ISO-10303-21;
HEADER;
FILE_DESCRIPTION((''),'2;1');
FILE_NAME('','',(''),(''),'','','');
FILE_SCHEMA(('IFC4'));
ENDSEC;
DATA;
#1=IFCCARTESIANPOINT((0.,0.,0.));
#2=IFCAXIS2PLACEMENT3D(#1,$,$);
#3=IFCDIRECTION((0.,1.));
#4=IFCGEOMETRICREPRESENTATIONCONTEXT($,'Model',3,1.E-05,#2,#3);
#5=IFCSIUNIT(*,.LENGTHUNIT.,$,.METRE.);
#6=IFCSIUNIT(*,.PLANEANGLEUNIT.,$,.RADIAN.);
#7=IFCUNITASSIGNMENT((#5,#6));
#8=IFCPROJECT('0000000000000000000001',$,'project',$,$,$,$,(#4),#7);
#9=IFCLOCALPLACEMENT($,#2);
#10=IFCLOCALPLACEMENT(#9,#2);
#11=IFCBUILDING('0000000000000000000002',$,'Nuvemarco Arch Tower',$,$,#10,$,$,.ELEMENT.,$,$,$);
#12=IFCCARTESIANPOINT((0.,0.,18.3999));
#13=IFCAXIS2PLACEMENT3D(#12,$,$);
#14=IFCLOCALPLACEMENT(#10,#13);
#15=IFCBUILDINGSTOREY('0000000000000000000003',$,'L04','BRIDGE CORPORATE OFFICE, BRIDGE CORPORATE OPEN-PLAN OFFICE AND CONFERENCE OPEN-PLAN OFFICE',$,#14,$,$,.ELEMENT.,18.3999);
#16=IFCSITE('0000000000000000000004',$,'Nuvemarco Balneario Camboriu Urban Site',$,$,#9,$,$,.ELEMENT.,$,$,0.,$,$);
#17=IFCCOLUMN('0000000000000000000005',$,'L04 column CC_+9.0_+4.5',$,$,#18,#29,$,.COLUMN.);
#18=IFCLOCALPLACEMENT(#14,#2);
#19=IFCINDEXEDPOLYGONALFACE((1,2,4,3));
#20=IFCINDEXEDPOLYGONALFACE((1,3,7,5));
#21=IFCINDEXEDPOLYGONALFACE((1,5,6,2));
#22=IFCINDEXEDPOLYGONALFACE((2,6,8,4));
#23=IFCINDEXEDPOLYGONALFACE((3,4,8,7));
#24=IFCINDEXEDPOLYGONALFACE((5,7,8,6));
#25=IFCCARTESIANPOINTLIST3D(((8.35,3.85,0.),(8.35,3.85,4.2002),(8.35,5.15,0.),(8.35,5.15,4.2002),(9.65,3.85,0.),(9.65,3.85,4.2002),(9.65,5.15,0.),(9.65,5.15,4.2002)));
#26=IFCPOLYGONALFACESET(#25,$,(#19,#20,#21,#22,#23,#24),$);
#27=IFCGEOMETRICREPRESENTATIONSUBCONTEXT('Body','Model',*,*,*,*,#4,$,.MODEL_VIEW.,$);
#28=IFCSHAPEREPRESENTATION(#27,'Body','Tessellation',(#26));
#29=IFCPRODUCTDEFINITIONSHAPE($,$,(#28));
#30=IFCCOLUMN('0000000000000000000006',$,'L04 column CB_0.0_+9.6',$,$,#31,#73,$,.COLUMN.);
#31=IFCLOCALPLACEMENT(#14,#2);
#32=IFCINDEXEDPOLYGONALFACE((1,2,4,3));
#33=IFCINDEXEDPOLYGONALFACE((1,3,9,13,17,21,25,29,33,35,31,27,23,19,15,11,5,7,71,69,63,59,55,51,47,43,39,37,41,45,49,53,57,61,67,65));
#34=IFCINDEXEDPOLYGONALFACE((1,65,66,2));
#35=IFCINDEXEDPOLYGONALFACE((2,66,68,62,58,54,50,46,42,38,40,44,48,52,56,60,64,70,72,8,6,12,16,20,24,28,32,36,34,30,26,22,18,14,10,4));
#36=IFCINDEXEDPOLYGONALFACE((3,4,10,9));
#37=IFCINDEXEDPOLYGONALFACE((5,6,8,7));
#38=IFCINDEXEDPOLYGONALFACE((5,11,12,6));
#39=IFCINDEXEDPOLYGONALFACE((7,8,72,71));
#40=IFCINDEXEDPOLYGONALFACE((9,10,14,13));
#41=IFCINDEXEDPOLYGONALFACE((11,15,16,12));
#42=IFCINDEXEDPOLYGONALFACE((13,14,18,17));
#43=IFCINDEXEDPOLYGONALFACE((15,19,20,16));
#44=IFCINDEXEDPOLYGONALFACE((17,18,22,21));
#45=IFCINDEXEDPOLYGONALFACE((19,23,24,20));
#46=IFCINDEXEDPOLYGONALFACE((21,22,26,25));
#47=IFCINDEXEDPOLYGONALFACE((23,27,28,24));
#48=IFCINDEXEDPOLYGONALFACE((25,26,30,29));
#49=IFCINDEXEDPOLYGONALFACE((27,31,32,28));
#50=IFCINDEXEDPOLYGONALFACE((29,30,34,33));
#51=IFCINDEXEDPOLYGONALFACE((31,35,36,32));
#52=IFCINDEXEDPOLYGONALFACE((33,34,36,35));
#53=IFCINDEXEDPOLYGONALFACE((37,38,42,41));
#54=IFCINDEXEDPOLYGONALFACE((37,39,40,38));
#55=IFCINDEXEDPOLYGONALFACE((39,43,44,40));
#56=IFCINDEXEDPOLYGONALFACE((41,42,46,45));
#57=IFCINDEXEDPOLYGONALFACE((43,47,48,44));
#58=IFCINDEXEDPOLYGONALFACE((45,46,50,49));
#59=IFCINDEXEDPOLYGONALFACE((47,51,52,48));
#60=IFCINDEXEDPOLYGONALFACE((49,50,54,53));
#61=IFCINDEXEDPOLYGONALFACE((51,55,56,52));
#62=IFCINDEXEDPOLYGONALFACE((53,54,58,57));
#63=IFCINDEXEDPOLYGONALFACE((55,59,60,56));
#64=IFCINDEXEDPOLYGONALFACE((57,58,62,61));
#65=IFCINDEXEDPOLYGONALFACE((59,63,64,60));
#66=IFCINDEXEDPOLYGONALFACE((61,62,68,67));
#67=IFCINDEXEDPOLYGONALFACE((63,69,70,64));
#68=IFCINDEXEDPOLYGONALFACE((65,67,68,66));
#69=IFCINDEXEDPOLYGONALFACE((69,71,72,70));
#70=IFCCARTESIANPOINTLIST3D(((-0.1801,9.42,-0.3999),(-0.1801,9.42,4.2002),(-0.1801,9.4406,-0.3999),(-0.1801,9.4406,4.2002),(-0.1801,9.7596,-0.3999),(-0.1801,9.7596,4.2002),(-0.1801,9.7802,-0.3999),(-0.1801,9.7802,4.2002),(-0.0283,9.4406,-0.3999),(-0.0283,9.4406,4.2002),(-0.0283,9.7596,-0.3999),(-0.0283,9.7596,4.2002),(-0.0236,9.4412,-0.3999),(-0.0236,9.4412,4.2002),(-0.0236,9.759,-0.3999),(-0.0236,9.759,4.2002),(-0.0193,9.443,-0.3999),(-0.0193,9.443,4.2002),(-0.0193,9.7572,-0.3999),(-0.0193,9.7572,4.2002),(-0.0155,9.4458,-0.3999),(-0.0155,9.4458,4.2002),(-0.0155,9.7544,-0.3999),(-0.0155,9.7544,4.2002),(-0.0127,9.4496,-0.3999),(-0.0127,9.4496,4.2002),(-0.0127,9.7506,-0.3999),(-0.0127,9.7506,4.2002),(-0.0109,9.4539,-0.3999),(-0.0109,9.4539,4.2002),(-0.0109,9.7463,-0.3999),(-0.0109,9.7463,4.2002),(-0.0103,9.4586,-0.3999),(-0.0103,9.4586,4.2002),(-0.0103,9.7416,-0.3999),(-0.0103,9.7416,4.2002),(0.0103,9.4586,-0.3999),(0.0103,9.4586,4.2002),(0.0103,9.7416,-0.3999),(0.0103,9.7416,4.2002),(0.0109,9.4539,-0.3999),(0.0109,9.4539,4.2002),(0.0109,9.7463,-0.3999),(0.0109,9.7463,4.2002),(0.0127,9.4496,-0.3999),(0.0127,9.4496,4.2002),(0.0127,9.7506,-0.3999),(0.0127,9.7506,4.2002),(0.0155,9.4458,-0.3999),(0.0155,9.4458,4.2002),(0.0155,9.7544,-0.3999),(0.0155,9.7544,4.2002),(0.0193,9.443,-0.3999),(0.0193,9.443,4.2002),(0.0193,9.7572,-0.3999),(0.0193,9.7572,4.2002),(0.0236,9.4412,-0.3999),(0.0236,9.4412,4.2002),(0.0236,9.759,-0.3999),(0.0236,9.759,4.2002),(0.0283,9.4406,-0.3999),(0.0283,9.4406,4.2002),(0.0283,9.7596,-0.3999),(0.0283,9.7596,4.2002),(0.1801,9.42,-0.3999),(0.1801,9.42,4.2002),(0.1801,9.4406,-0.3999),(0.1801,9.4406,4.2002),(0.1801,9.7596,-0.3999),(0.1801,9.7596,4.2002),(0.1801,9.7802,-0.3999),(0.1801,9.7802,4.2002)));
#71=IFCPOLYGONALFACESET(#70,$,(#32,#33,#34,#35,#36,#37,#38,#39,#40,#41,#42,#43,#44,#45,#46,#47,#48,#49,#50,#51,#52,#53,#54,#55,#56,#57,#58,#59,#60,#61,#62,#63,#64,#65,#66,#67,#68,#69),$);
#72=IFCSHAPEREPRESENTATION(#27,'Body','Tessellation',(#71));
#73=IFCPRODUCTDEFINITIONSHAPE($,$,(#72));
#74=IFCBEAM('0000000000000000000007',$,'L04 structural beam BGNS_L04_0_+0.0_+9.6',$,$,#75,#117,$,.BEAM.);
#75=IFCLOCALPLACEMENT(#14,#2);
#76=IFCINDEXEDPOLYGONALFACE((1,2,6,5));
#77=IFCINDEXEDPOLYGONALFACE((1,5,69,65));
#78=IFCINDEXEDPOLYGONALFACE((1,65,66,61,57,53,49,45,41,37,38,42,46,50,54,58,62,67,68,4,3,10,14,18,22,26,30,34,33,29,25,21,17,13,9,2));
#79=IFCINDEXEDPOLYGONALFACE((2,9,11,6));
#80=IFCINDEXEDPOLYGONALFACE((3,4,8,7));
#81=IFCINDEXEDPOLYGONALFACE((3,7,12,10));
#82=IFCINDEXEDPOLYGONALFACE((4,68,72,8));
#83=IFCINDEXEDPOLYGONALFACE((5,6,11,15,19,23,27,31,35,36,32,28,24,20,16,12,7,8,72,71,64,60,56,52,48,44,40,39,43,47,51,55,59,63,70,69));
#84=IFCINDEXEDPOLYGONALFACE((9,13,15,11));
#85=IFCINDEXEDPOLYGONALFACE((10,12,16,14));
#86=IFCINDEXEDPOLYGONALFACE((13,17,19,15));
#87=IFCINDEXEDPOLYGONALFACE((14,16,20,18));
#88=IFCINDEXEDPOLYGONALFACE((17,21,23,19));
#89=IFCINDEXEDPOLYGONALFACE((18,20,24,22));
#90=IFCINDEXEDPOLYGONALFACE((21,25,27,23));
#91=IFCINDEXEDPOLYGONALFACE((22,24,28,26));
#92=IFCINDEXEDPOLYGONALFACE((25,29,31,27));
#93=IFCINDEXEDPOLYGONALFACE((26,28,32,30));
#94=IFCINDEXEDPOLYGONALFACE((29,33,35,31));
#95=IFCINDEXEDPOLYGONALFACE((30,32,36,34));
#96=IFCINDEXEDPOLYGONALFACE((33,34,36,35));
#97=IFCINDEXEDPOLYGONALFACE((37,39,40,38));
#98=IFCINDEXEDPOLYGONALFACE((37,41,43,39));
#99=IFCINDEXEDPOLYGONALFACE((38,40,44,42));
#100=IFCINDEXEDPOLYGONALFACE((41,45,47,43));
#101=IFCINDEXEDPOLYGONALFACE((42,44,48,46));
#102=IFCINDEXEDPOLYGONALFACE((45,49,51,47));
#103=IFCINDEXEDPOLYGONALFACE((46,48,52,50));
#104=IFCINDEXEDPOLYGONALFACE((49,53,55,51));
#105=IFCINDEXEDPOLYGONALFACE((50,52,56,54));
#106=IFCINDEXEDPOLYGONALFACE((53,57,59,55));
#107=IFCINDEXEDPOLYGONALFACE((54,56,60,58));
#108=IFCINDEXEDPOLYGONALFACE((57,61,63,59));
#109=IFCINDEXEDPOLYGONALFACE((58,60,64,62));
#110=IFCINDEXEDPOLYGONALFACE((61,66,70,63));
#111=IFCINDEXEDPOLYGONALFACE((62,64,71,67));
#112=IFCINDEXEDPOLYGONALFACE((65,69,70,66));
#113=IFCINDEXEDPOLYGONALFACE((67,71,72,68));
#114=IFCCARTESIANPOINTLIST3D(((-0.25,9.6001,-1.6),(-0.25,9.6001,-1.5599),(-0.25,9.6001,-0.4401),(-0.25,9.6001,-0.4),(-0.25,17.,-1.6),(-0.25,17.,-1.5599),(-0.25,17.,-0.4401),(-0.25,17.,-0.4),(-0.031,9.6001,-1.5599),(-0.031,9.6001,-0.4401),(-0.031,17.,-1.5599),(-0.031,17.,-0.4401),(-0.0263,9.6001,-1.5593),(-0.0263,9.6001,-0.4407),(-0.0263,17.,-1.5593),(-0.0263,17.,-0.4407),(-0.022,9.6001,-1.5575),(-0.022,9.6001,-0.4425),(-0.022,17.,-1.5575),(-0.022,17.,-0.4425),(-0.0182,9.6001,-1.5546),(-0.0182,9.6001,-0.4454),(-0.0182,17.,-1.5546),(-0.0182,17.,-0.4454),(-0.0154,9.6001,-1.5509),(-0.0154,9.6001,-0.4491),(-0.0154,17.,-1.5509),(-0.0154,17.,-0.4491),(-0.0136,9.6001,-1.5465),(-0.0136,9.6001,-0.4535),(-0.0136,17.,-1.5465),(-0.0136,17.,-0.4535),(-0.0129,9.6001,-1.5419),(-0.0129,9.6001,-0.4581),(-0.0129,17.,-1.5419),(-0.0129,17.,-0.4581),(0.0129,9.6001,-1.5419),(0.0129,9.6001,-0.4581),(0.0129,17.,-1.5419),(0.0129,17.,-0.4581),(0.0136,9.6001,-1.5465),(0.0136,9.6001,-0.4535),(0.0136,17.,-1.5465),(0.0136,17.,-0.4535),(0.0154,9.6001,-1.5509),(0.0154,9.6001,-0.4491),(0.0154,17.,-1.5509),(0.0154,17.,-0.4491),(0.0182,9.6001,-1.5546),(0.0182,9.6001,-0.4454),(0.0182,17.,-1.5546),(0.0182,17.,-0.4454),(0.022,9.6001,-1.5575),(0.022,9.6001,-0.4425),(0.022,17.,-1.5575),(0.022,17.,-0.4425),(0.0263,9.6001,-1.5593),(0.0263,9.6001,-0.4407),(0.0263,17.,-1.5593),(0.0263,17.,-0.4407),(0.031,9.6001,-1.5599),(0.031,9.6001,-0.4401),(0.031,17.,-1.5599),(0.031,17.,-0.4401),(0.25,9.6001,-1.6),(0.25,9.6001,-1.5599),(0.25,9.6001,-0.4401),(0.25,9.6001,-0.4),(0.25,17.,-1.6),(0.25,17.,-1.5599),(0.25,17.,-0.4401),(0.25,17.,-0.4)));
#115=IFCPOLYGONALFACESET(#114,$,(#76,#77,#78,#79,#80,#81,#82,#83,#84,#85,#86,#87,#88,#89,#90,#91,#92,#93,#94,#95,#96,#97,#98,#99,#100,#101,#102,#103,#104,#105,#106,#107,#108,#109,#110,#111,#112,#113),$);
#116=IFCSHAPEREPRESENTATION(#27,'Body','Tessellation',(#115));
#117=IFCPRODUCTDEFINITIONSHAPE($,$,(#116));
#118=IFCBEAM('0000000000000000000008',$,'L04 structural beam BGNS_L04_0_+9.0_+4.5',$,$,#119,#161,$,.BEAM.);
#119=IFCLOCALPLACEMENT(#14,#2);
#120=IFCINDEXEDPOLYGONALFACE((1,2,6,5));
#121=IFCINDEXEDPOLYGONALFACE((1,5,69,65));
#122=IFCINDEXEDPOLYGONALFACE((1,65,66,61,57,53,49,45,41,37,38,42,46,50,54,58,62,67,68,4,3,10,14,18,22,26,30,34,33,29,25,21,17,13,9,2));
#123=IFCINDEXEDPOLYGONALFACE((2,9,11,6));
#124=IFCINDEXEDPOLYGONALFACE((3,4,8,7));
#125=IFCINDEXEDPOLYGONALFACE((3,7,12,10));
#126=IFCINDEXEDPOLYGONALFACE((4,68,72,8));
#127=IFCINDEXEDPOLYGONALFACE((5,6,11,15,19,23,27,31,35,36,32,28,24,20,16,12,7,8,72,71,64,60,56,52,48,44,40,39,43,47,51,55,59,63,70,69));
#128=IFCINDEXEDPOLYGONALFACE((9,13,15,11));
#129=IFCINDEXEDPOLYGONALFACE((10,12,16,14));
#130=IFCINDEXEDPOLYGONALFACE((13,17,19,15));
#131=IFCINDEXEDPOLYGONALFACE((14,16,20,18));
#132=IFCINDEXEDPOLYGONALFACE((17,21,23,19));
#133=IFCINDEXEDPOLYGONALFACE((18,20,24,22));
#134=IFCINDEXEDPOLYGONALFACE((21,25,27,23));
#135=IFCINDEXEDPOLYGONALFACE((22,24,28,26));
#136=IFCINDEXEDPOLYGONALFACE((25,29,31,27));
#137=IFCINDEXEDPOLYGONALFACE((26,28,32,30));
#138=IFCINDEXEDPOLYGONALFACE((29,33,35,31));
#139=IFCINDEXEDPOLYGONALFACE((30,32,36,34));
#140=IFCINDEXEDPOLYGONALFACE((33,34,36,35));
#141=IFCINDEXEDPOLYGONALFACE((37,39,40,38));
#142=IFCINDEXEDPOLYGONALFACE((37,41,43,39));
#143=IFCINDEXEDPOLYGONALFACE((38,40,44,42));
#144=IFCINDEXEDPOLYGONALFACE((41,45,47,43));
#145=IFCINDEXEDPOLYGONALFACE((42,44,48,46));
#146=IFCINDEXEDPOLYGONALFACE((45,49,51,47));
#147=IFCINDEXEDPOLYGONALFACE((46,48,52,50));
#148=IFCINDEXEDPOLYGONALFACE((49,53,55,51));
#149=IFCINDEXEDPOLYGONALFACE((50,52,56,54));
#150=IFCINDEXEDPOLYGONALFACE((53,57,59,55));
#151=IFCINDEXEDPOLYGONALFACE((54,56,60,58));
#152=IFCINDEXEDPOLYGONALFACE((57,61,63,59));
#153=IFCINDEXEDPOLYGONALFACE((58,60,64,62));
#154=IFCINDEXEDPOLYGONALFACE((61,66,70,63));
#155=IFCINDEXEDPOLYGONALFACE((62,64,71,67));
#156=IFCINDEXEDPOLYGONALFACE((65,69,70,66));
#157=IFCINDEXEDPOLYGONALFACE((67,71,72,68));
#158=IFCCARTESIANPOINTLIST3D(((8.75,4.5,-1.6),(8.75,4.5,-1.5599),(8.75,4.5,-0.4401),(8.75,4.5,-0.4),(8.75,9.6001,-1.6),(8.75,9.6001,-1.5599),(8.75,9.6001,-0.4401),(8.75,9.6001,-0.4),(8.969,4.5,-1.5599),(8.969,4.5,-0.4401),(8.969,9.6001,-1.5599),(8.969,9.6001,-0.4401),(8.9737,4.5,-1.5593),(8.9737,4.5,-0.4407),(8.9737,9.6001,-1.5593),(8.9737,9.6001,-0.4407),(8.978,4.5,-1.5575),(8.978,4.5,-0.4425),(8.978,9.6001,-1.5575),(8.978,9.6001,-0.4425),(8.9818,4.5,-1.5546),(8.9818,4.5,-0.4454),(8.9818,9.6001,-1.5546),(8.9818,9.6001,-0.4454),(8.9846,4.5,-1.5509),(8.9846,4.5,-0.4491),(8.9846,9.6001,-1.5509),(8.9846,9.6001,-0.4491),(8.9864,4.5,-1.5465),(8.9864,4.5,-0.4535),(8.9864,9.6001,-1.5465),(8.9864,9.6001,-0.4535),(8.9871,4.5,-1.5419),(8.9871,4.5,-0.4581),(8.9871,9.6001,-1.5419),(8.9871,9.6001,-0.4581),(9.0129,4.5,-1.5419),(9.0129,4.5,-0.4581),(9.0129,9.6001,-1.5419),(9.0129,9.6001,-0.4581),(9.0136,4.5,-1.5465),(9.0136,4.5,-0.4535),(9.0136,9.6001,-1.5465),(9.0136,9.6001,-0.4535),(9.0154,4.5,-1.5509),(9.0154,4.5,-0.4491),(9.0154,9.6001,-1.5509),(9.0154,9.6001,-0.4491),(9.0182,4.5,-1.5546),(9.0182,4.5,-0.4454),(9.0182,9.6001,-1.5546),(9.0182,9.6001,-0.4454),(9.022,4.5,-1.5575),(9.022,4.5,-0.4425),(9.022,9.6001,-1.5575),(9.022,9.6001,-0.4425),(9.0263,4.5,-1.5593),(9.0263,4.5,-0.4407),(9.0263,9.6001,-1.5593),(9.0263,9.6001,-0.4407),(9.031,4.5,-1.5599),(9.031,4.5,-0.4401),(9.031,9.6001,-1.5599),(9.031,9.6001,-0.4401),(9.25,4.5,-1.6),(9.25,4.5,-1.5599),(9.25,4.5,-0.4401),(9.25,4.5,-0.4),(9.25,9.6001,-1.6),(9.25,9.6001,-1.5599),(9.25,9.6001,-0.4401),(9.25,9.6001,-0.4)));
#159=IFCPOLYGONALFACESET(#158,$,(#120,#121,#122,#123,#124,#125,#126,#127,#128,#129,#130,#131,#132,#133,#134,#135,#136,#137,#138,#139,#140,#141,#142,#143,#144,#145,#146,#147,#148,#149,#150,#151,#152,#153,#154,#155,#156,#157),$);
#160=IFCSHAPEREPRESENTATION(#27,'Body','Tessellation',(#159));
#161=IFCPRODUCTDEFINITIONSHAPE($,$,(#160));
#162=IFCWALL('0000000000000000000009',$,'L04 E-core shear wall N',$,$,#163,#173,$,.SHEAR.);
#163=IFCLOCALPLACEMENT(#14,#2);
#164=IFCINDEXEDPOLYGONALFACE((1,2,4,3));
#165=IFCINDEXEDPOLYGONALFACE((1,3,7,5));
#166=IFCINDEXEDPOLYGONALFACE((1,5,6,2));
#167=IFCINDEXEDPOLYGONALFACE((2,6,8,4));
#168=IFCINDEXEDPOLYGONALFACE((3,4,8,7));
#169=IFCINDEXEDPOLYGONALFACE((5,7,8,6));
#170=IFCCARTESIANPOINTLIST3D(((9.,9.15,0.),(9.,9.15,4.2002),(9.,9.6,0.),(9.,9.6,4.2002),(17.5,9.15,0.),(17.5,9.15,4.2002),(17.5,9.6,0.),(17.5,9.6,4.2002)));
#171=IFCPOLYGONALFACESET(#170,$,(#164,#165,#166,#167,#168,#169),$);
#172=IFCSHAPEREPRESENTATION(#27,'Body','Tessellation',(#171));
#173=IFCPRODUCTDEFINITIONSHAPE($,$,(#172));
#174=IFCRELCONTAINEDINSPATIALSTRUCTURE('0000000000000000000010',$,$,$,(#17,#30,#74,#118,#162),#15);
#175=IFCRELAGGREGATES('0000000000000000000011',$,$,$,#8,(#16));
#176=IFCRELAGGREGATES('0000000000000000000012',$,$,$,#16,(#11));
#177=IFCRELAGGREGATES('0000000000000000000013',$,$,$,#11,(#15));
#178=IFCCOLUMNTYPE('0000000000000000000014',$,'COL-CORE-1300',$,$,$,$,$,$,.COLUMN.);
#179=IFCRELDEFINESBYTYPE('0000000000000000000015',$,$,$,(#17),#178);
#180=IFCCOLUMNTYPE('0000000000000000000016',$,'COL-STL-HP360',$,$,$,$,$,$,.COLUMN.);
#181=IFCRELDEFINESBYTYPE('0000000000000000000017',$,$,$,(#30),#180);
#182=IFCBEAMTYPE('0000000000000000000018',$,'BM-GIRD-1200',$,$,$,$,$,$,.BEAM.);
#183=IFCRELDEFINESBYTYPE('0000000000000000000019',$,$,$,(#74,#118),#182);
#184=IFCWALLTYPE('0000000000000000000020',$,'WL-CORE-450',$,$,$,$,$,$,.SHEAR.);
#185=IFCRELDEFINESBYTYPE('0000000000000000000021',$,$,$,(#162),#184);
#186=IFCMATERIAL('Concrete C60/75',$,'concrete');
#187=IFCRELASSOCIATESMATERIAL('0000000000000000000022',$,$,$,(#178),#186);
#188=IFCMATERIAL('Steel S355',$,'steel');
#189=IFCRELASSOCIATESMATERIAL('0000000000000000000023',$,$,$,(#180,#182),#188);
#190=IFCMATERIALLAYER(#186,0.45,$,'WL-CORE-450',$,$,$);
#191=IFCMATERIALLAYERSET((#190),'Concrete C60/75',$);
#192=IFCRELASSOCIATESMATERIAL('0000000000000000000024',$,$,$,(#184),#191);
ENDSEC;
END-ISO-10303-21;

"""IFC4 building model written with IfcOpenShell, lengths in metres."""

from ifc_helpers import new_model, si_unit, direction, frame, frame_2d, origin, origin_2d, place, context, subcontext, project, spatial, rectangle, i_section, extrude, material, layer, layer_set, material_profile, profile_set, type_object, element, save


model = new_model("IFC4")

# Units and contexts
model_context = context("Model", 3, precision=1e-05, world=origin(), true_north=direction((0.0, 1.0)))
body_context = subcontext(model_context, "Body", "Model", "MODEL_VIEW")
ifc_project = project(units=[si_unit("LENGTHUNIT", "METRE"), si_unit("PLANEANGLEUNIT", "RADIAN")], contexts=[model_context])

# Site, building, storey
site_placement = place(None, origin())
site = spatial("IfcSite", under=ifc_project, at=site_placement, Name="Nuvemarco Balneario Camboriu Urban Site", CompositionType="ELEMENT", RefElevation=0.0)
building_placement = place(site_placement, origin())
building = spatial("IfcBuilding", under=site, at=building_placement, Name="Nuvemarco Arch Tower", CompositionType="ELEMENT")
storey_placement = place(building_placement, frame((0.0, 0.0, 18.3999)))
storey = spatial("IfcBuildingStorey", under=building, at=storey_placement, Name="L04", Description="BRIDGE CORPORATE OFFICE, BRIDGE CORPORATE OPEN-PLAN OFFICE AND CONFERENCE OPEN-PLAN OFFICE", CompositionType="ELEMENT", Elevation=18.3999)

# Columns
ifc_material_1 = material(Name="Concrete C60/75", Category="concrete")
ifc_material_profile_1 = material_profile(ifc_material_1, rectangle(XDim=1.3, YDim=1.3, at=origin_2d()), Name="RC-COL-1300x1300")
ifc_profile_set_1 = profile_set([ifc_material_profile_1], Name="Concrete C60/75")
column_type_1 = type_object("IfcColumnType", Name="COL-CORE-1300", PredefinedType="COLUMN", material=ifc_profile_set_1)
column_1_placement = place(storey_placement, frame((9.0, 4.5, 0.0), z_axis=(0.0, 0.0, 1.0), x_axis=(1.0, 0.0, 0.0)))
element("IfcColumn", 1, at=column_1_placement, inside=storey, type_object=column_type_1, Name="L04 column CC_+9.0_+4.5", PredefinedType="COLUMN", context=body_context, shape_type="SweptSolid", body=[
    extrude(rectangle(XDim=1.3, YDim=1.3, at=origin_2d()), origin(), (0.0, 0.0, 1.0), 4.2002),
])
ifc_material_2 = material(Name="Steel S355", Category="steel")
ifc_material_profile_2 = material_profile(ifc_material_2, i_section(OverallWidth=0.3601, OverallDepth=0.3601, WebThickness=0.0205, FlangeThickness=0.0205, FilletRadius=0.0181, at=origin_2d()), Name="HP360x174")
ifc_profile_set_2 = profile_set([ifc_material_profile_2], Name="Steel S355")
column_type_2 = type_object("IfcColumnType", Name="COL-STL-HP360", PredefinedType="COLUMN", material=ifc_profile_set_2)
column_2_placement = place(storey_placement, frame((0.0, 9.6001, -0.3999), z_axis=(0.0, 0.0, 1.0), x_axis=(1.0, 0.0, 0.0)))
element("IfcColumn", 2, at=column_2_placement, inside=storey, type_object=column_type_2, Name="L04 column CB_0.0_+9.6", PredefinedType="COLUMN", context=body_context, shape_type="SweptSolid", body=[
    extrude(i_section(OverallWidth=0.3601, OverallDepth=0.3601, WebThickness=0.0205, FlangeThickness=0.0205, FilletRadius=0.0181, at=origin_2d()), origin(), (0.0, 0.0, 1.0), 4.6001),
])

# Beams
ifc_material_profile_3 = material_profile(ifc_material_2, i_section(OverallWidth=0.5, OverallDepth=1.2, WebThickness=0.0259, FlangeThickness=0.04, FilletRadius=0.0181, at=origin_2d()), Name="PG1200x500")
ifc_profile_set_3 = profile_set([ifc_material_profile_3], Name="Steel S355")
beam_type = type_object("IfcBeamType", Name="BM-GIRD-1200", PredefinedType="BEAM", material=ifc_profile_set_3)
beam_1_placement = place(storey_placement, frame((0.0, 9.6001, -1.0), z_axis=(0.0, 1.0, 0.0), x_axis=(-1.0, 0.0, 0.0)))
element("IfcBeam", 3, at=beam_1_placement, inside=storey, type_object=beam_type, Name="L04 structural beam BGNS_L04_0_+0.0_+9.6", PredefinedType="BEAM", context=body_context, shape_type="SweptSolid", body=[
    extrude(i_section(OverallWidth=0.5, OverallDepth=1.2, WebThickness=0.0259, FlangeThickness=0.04, FilletRadius=0.0181, at=origin_2d()), origin(), (0.0, 0.0, 1.0), 7.3999),
])
beam_2_placement = place(storey_placement, frame((9.0, 4.5, -1.0), z_axis=(0.0, 1.0, 0.0), x_axis=(-1.0, 0.0, 0.0)))
element("IfcBeam", 4, at=beam_2_placement, inside=storey, type_object=beam_type, Name="L04 structural beam BGNS_L04_0_+9.0_+4.5", PredefinedType="BEAM", context=body_context, shape_type="SweptSolid", body=[
    extrude(i_section(OverallWidth=0.5, OverallDepth=1.2, WebThickness=0.0259, FlangeThickness=0.04, FilletRadius=0.0181, at=origin_2d()), origin(), (0.0, 0.0, 1.0), 5.1001),
])

# Wall
ifc_layer_1 = layer(ifc_material_1, 0.45, Name="WL-CORE-450")
ifc_layer_set_1 = layer_set([ifc_layer_1], Name="Concrete C60/75")
wall_type_1 = type_object("IfcWallType", Name="WL-CORE-450", PredefinedType="SHEAR", material=ifc_layer_set_1)
wall_1_placement = place(storey_placement, frame((9.0, 9.375, 0.0), z_axis=(0.0, 0.0, 1.0), x_axis=(1.0, 0.0, 0.0)))
element("IfcWall", 5, at=wall_1_placement, inside=storey, type_object=wall_type_1, Name="L04 E-core shear wall N", PredefinedType="SHEAR", context=body_context, shape_type="SweptSolid", body=[
    extrude(rectangle(XDim=8.5, YDim=0.45, at=frame_2d((4.25, 0.0))), origin(), (0.0, 0.0, 1.0), 4.2002),
])

save(model, "model.ifc")
